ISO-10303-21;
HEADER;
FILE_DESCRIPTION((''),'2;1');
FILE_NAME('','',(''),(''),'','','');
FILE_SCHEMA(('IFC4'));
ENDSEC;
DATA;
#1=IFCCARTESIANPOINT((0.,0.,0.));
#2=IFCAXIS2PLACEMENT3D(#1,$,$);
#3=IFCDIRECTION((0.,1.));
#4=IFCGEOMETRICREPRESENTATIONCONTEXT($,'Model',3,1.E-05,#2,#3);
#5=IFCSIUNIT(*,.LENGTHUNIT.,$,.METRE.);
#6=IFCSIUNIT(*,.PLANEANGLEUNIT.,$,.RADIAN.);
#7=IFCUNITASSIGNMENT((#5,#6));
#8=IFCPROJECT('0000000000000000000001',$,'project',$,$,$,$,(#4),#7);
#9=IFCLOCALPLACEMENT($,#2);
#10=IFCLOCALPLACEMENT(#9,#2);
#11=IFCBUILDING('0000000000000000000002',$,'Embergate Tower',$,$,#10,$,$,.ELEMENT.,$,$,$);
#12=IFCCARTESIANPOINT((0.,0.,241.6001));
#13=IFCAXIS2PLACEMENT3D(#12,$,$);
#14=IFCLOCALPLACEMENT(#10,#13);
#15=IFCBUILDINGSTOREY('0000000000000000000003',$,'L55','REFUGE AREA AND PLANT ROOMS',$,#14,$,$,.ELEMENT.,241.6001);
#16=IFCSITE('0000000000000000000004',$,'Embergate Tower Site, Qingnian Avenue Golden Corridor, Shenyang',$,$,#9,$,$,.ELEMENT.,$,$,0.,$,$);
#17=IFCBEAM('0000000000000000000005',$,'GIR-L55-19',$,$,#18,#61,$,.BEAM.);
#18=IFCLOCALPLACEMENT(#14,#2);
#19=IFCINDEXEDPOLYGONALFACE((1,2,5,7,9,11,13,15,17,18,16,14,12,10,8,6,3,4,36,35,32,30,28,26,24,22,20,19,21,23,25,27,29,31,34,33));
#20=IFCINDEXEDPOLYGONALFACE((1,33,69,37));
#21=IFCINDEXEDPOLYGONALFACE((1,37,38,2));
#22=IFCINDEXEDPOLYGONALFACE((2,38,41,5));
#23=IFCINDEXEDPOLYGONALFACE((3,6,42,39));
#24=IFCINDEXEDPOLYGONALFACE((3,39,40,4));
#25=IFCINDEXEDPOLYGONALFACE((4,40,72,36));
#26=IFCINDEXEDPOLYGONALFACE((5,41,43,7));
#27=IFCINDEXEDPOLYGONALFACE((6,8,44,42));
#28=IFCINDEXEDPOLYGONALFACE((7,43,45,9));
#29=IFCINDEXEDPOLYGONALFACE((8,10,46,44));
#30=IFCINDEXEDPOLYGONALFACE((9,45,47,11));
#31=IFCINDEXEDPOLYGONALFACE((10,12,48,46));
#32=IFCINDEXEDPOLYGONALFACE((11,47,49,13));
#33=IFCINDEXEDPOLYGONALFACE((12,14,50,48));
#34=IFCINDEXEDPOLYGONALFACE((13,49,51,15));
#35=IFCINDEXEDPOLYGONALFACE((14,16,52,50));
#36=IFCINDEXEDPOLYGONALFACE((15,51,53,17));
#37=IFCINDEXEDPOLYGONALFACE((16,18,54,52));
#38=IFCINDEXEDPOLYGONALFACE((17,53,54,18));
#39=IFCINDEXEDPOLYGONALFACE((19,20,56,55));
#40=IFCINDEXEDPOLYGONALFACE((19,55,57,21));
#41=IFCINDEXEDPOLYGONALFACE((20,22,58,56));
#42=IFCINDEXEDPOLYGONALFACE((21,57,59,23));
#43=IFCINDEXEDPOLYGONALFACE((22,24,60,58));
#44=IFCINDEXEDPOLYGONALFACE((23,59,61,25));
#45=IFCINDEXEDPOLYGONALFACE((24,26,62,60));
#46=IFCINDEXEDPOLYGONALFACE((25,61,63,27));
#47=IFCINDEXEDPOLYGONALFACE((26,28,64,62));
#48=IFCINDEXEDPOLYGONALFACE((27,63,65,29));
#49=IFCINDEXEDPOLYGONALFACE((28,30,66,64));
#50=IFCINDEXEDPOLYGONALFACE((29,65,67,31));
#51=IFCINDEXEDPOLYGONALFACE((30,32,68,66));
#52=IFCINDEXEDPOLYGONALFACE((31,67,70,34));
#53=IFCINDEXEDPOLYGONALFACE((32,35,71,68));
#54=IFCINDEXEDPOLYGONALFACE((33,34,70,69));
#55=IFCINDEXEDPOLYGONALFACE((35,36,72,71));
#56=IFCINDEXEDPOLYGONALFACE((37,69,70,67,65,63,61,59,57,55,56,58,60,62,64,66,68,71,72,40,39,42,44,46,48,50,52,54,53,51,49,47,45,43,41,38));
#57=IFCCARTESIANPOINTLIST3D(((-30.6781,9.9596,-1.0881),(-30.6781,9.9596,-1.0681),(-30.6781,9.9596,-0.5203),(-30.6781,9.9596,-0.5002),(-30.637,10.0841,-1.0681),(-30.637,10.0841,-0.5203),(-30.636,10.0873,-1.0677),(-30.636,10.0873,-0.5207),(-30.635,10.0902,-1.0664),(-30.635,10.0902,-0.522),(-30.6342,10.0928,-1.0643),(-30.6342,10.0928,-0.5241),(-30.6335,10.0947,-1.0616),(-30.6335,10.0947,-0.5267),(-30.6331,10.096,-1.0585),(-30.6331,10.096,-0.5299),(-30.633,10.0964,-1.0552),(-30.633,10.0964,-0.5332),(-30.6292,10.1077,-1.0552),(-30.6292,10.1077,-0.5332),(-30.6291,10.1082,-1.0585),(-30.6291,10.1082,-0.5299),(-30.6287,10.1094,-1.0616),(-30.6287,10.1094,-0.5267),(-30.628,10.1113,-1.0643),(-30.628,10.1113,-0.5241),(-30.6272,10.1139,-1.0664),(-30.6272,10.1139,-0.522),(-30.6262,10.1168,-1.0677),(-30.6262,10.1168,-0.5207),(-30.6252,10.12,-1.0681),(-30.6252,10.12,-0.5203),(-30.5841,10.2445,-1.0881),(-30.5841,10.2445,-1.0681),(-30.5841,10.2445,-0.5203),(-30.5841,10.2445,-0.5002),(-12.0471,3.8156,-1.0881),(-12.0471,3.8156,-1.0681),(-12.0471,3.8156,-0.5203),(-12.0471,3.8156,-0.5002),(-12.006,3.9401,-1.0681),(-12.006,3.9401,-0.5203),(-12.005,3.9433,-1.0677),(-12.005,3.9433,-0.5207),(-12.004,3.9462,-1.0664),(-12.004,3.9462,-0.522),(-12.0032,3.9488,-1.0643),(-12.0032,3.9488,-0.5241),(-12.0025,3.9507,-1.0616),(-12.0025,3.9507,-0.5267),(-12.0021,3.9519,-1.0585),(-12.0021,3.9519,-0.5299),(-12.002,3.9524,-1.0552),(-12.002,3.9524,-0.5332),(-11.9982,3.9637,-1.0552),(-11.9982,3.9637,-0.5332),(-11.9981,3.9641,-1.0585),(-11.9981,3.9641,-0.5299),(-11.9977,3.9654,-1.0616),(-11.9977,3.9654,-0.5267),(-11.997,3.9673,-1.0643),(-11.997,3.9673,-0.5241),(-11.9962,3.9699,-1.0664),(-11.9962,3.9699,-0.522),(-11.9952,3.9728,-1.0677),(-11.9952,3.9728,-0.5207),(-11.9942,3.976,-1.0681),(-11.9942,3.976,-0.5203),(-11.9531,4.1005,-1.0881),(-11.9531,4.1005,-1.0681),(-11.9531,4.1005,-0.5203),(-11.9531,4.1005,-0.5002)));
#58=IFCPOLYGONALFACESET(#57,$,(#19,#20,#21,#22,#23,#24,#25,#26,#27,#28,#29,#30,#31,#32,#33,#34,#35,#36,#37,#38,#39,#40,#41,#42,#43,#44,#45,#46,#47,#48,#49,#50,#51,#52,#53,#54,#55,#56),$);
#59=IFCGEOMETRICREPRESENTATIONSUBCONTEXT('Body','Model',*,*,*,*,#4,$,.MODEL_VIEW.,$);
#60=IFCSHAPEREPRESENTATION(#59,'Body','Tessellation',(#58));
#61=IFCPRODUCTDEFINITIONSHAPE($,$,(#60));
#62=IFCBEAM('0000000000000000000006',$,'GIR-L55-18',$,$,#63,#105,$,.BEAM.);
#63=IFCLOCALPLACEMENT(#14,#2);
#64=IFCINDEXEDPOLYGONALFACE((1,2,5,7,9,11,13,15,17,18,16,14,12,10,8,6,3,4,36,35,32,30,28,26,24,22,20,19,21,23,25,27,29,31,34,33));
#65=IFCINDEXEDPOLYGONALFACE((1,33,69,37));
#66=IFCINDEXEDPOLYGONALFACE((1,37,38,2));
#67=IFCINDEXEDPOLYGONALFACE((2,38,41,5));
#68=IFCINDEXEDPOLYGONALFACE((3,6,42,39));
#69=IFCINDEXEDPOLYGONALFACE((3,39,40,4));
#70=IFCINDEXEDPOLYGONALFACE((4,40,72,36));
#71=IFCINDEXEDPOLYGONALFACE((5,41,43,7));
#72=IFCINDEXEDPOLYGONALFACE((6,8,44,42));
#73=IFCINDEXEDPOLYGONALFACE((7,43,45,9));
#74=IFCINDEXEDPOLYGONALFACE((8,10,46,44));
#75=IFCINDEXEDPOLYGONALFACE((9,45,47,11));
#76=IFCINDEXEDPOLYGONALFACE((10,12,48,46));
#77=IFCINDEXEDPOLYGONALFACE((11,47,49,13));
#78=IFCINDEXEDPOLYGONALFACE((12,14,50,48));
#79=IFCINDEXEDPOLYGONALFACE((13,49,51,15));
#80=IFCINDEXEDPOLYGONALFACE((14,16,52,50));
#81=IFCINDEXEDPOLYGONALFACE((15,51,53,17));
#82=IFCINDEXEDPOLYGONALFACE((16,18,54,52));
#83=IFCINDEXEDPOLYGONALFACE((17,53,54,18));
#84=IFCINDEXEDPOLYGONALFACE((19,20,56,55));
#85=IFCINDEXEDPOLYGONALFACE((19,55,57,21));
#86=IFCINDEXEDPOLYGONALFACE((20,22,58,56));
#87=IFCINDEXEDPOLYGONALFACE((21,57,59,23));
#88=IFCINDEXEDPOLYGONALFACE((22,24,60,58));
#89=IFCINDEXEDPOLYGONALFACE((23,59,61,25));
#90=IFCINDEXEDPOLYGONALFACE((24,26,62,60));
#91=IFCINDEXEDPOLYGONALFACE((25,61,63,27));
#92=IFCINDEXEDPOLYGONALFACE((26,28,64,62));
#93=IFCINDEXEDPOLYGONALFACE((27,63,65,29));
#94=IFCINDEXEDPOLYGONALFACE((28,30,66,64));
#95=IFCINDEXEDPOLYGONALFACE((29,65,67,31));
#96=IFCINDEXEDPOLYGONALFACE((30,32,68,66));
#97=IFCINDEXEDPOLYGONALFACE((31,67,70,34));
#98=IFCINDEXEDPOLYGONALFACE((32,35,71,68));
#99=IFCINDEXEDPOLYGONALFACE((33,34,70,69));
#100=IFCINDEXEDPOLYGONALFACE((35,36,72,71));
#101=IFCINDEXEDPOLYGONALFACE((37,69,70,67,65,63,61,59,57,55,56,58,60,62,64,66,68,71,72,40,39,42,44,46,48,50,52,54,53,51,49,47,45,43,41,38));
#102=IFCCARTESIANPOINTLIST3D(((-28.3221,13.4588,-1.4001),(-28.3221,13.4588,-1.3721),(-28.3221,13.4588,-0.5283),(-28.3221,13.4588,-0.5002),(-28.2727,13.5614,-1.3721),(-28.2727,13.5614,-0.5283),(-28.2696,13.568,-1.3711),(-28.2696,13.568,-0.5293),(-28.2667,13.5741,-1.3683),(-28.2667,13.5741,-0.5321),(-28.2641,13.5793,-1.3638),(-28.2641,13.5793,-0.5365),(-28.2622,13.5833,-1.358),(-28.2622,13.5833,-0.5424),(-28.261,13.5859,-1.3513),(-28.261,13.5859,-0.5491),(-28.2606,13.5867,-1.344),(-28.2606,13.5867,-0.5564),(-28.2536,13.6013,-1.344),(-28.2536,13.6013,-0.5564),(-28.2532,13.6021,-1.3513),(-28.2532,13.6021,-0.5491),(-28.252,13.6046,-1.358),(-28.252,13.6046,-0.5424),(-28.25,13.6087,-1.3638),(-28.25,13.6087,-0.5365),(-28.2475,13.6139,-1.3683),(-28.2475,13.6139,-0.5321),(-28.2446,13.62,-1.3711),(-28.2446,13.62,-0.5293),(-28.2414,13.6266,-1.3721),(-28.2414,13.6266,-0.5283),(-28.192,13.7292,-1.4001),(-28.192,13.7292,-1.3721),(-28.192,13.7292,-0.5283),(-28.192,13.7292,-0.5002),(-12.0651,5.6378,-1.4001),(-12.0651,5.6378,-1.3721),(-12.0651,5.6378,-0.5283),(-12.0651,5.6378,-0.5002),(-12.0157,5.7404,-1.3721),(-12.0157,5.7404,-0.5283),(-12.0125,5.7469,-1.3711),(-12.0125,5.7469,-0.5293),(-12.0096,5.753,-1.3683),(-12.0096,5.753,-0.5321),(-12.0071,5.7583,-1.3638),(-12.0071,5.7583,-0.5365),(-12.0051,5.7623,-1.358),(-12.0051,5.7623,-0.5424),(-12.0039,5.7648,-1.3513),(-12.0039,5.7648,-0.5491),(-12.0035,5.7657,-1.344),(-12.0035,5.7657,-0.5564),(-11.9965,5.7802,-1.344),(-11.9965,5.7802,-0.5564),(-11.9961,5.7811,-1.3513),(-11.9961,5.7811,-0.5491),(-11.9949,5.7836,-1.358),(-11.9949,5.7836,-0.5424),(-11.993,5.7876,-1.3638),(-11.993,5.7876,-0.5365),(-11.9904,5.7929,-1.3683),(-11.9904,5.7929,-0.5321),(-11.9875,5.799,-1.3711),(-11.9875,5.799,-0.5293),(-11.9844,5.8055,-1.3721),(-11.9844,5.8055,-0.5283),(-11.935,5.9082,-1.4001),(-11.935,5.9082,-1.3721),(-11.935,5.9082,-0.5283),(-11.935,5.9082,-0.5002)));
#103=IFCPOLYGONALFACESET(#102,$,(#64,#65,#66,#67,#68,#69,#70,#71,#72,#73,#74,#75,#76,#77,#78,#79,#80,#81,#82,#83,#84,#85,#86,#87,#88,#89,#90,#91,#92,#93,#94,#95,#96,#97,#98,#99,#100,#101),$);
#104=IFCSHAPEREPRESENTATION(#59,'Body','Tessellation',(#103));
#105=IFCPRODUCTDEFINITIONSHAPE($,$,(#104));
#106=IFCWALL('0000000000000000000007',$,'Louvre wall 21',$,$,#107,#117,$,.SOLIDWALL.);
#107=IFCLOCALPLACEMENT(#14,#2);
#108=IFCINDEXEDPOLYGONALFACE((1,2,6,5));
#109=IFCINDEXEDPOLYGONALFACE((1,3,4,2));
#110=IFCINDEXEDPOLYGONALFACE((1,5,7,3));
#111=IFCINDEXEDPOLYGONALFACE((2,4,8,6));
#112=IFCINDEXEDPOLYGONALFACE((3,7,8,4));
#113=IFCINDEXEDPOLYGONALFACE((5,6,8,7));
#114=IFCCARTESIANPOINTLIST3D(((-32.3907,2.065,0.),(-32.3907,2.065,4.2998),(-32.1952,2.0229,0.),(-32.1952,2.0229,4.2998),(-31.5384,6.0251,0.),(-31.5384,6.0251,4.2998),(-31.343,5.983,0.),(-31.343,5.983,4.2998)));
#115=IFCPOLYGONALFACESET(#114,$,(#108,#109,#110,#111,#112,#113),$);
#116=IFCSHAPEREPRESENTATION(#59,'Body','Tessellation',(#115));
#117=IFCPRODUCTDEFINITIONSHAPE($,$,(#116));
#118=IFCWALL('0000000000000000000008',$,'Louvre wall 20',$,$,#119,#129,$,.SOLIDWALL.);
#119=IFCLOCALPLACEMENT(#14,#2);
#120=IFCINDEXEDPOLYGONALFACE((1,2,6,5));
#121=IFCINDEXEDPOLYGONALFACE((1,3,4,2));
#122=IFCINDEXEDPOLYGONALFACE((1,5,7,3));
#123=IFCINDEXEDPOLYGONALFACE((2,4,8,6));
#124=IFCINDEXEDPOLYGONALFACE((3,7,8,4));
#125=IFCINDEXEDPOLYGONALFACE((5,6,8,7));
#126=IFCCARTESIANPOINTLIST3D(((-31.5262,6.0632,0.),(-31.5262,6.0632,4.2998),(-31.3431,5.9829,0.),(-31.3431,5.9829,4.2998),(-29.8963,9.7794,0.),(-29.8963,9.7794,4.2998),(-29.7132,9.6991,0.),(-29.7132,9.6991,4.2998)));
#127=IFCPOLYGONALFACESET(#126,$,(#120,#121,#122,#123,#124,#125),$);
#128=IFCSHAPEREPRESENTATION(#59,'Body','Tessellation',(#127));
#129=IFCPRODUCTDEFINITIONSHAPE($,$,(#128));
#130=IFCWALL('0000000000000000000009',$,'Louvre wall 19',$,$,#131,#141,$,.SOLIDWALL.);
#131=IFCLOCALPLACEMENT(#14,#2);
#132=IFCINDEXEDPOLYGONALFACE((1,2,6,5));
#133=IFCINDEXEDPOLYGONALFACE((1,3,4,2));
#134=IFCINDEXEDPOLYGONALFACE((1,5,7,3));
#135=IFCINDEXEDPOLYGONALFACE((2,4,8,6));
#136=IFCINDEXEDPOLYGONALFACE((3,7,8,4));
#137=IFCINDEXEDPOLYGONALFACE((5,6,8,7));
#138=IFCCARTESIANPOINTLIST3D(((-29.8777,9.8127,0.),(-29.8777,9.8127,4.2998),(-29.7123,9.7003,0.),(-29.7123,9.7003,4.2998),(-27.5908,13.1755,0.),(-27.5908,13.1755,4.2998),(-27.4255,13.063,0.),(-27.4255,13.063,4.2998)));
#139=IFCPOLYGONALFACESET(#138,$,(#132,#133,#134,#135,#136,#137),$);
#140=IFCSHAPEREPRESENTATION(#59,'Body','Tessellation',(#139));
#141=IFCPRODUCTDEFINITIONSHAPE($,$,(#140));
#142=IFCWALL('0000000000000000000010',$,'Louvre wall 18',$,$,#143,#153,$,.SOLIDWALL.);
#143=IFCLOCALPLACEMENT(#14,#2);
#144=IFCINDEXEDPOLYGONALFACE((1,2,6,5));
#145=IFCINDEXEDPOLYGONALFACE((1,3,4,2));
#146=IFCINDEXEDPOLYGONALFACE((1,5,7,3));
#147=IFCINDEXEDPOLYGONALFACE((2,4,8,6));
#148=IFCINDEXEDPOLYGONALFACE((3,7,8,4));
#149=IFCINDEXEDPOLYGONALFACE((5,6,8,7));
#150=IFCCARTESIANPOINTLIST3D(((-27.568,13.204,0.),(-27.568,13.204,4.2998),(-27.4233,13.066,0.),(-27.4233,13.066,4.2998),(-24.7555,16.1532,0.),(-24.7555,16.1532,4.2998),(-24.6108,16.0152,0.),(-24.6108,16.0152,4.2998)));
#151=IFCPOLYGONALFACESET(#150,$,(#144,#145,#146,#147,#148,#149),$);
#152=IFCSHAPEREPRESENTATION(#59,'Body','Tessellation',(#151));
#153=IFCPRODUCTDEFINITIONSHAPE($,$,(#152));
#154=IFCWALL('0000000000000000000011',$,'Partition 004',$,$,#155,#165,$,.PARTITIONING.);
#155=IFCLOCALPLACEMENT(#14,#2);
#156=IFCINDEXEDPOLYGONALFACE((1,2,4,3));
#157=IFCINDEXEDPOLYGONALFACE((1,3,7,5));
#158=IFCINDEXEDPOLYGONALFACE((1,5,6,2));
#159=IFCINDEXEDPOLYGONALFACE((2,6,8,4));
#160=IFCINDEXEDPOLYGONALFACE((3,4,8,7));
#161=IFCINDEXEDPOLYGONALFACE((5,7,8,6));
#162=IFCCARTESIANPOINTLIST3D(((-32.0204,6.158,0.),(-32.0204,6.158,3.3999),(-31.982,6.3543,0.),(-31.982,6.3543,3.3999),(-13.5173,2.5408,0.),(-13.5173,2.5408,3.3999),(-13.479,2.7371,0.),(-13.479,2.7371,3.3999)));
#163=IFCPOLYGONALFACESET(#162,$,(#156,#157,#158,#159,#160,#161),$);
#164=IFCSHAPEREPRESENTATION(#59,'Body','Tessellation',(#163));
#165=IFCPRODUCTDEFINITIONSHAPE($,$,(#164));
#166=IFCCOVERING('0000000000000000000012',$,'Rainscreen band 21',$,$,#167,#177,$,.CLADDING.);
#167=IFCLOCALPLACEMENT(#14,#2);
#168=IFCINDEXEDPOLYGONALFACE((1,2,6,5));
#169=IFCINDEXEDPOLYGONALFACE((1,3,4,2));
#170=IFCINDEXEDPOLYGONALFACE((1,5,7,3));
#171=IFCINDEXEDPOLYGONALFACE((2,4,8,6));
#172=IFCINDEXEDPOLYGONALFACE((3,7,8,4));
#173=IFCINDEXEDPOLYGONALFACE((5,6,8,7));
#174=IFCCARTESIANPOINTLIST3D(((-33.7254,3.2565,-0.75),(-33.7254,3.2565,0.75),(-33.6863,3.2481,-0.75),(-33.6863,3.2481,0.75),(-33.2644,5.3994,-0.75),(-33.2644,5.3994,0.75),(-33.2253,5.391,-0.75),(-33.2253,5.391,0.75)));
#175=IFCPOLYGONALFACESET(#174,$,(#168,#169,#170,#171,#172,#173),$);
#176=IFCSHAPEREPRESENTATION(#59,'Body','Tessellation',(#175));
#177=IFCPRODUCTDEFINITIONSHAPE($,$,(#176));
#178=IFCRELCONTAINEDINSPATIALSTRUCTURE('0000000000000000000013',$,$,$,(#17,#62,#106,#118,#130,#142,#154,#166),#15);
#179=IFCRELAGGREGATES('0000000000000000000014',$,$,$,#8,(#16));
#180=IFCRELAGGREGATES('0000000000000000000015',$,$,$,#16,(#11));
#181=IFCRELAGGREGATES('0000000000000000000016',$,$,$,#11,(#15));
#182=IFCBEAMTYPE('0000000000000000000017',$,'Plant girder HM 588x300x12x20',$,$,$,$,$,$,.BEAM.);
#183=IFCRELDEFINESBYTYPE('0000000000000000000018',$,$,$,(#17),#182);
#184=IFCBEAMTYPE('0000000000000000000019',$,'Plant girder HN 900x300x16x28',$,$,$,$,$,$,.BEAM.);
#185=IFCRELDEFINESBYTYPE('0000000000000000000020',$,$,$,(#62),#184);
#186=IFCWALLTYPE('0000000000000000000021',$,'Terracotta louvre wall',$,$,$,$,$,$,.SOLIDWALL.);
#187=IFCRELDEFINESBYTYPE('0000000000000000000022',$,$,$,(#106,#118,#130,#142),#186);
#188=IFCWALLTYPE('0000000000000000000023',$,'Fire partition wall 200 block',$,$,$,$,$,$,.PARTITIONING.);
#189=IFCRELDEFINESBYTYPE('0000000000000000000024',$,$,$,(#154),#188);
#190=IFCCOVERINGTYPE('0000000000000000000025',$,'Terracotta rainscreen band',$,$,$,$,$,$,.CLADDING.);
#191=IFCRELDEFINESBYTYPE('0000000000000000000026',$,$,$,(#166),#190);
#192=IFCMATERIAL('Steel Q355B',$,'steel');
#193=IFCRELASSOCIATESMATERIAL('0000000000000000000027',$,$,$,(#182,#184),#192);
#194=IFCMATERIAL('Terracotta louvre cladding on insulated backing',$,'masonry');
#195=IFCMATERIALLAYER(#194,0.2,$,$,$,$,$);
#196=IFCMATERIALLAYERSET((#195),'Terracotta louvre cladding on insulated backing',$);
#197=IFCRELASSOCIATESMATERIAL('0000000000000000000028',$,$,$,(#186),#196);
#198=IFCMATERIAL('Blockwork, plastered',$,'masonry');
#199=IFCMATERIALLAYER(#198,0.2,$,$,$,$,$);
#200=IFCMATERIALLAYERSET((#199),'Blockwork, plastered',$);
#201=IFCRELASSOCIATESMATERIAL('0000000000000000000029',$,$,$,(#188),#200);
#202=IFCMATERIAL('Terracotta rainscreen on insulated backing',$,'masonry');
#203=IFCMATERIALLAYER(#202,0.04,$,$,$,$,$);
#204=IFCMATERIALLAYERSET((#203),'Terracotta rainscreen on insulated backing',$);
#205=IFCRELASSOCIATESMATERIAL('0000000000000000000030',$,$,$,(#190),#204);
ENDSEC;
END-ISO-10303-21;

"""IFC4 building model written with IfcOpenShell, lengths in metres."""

from ifc_helpers import new_model, si_unit, direction, frame, frame_2d, origin, origin_2d, place, context, subcontext, project, spatial, rectangle, i_section, extrude, source, transform, mapped, material, layer, layer_set, material_profile, profile_set, type_object, element, save


model = new_model("IFC4")

# Units and contexts
model_context = context("Model", 3, precision=1e-05, world=origin(), true_north=direction((0.0, 1.0)))
body_context = subcontext(model_context, "Body", "Model", "MODEL_VIEW")
ifc_project = project(units=[si_unit("LENGTHUNIT", "METRE"), si_unit("PLANEANGLEUNIT", "RADIAN")], contexts=[model_context])

# Site, building, storey
site_placement = place(None, origin())
site = spatial("IfcSite", under=ifc_project, at=site_placement, Name="Embergate Tower Site, Qingnian Avenue Golden Corridor, Shenyang", CompositionType="ELEMENT", RefElevation=0.0)
building_placement = place(site_placement, origin())
building = spatial("IfcBuilding", under=site, at=building_placement, Name="Embergate Tower", CompositionType="ELEMENT")
storey_placement = place(building_placement, frame((0.0, 0.0, 241.6001)))
storey = spatial("IfcBuildingStorey", under=building, at=storey_placement, Name="L55", Description="REFUGE AREA AND PLANT ROOMS", CompositionType="ELEMENT", Elevation=241.6001)

# Beams
ifc_material_1 = material(Name="Steel Q355B", Category="steel")
ifc_material_profile_1 = material_profile(ifc_material_1, i_section(OverallWidth=0.3, OverallDepth=0.5879, WebThickness=0.012, FlangeThickness=0.02, FilletRadius=0.0129, at=origin_2d()), Name="HM 588x300x12x20")
ifc_profile_set_1 = profile_set([ifc_material_profile_1], Name="Steel Q355 grade B")
beam_type_1 = type_object("IfcBeamType", Name="Plant girder HM 588x300x12x20", PredefinedType="BEAM", material=ifc_profile_set_1)
shared_shape_1 = source(origin(), body_context, "Body", "SweptSolid", [
    extrude(i_section(OverallWidth=0.3, OverallDepth=0.5879, WebThickness=0.012, FlangeThickness=0.02, FilletRadius=0.0129, at=origin_2d()), origin(), (0.0, 0.0, 1.0), 19.6179),
])
beam_1_placement = place(storey_placement, frame((-30.6311, 10.1021, -0.7942), z_axis=(0.949693, -0.313183, 0.0), x_axis=(0.313183, 0.949693, 0.0)))
element("IfcBeam", 1, at=beam_1_placement, inside=storey, type_object=beam_type_1, Name="GIR-L55-19", PredefinedType="BEAM", context=body_context, shape_type="MappedRepresentation", body=[
    mapped(shared_shape_1, transform((0.0, 0.0, 0.0))),
])
ifc_material_profile_2 = material_profile(ifc_material_1, i_section(OverallWidth=0.3, OverallDepth=0.8999, WebThickness=0.0161, FlangeThickness=0.0281, FilletRadius=0.0281, at=origin_2d()), Name="HN 900x300x16x28")
ifc_profile_set_2 = profile_set([ifc_material_profile_2], Name="Steel Q355 grade B")
beam_type_2 = type_object("IfcBeamType", Name="Plant girder HN 900x300x16x28", PredefinedType="BEAM", material=ifc_profile_set_2)
shared_shape_2 = source(origin(), body_context, "Body", "SweptSolid", [
    extrude(i_section(OverallWidth=0.3, OverallDepth=0.8999, WebThickness=0.0161, FlangeThickness=0.0281, FilletRadius=0.0281, at=origin_2d()), origin(), (0.0, 0.0, 1.0), 18.0405),
])
beam_2_placement = place(storey_placement, frame((-28.2571, 13.594, -0.9502), z_axis=(0.901141, -0.433526, 0.0), x_axis=(0.433526, 0.901141, 0.0)))
element("IfcBeam", 2, at=beam_2_placement, inside=storey, type_object=beam_type_2, Name="GIR-L55-18", PredefinedType="BEAM", context=body_context, shape_type="MappedRepresentation", body=[
    mapped(shared_shape_2, transform((0.0, 0.0, 0.0))),
])

# Walls
ifc_material_2 = material(Name="Terracotta louvre cladding on insulated backing", Category="masonry")
ifc_layer_1 = layer(ifc_material_2, 0.2)
ifc_layer_set_1 = layer_set([ifc_layer_1], Name="Terracotta louvre cladding on insulated backing")
wall_type_1 = type_object("IfcWallType", Name="Terracotta louvre wall", PredefinedType="SOLIDWALL", material=ifc_layer_set_1)
shared_shape_3 = source(origin(), body_context, "Body", "SweptSolid", [
    extrude(rectangle(XDim=4.0508, YDim=0.2, at=frame_2d((2.0254, 0.0))), origin(), (0.0, 0.0, 1.0), 4.2998),
])
wall_1_placement = place(storey_placement, frame((-32.293, 2.0439, 0.0), z_axis=(0.0, 0.0, 1.0), x_axis=(0.210397, 0.977616, 0.0)))
element("IfcWall", 3, at=wall_1_placement, inside=storey, type_object=wall_type_1, Name="Louvre wall 21", PredefinedType="SOLIDWALL", context=body_context, shape_type="MappedRepresentation", body=[
    mapped(shared_shape_3, transform((0.0, 0.0, 0.0))),
])
shared_shape_4 = source(origin(), body_context, "Body", "SweptSolid", [
    extrude(rectangle(XDim=4.0579, YDim=0.2, at=frame_2d((2.0288, 0.0))), origin(), (0.0, 0.0, 1.0), 4.2998),
])
wall_2_placement = place(storey_placement, frame((-31.4346, 6.0232, 0.0), z_axis=(0.0, 0.0, 1.0), x_axis=(0.401668, 0.915785, 0.0)))
element("IfcWall", 4, at=wall_2_placement, inside=storey, type_object=wall_type_1, Name="Louvre wall 20", PredefinedType="SOLIDWALL", context=body_context, shape_type="MappedRepresentation", body=[
    mapped(shared_shape_4, transform((0.0, 0.0, 0.0))),
])
shared_shape_5 = source(origin(), body_context, "Body", "SweptSolid", [
    extrude(rectangle(XDim=4.0667, YDim=0.2, at=frame_2d((2.0332, 0.0))), origin(), (0.0, 0.0, 1.0), 4.2998),
])
wall_3_placement = place(storey_placement, frame((-29.7949, 9.7566, 0.0), z_axis=(0.0, 0.0, 1.0), x_axis=(0.562338, 0.826908, 0.0)))
element("IfcWall", 5, at=wall_3_placement, inside=storey, type_object=wall_type_1, Name="Louvre wall 19", PredefinedType="SOLIDWALL", context=body_context, shape_type="MappedRepresentation", body=[
    mapped(shared_shape_5, transform((0.0, 0.0, 0.0))),
])
shared_shape_6 = source(origin(), body_context, "Body", "SweptSolid", [
    extrude(rectangle(XDim=4.0752, YDim=0.2, at=frame_2d((2.0376, 0.0))), origin(), (0.0, 0.0, 1.0), 4.2998),
])
wall_4_placement = place(storey_placement, frame((-27.4956, 13.135, 0.0), z_axis=(0.0, 0.0, 1.0), x_axis=(0.690134, 0.723682, 0.0)))
element("IfcWall", 6, at=wall_4_placement, inside=storey, type_object=wall_type_1, Name="Louvre wall 18", PredefinedType="SOLIDWALL", context=body_context, shape_type="MappedRepresentation", body=[
    mapped(shared_shape_6, transform((0.0, 0.0, 0.0))),
])
ifc_material_3 = material(Name="Blockwork, plastered", Category="masonry")
ifc_layer_2 = layer(ifc_material_3, 0.2)
ifc_layer_set_2 = layer_set([ifc_layer_2], Name="Blockwork, plastered")
wall_type_2 = type_object("IfcWallType", Name="Fire partition wall 200 block", PredefinedType="PARTITIONING", material=ifc_layer_set_2)
shared_shape_7 = source(origin(), body_context, "Body", "SweptSolid", [
    extrude(rectangle(XDim=18.8533, YDim=0.2, at=frame_2d((9.4268, 0.0))), origin(), (0.0, 0.0, 1.0), 3.3999),
])
wall_5_placement = place(storey_placement, frame((-13.498, 2.6389, 0.0), z_axis=(0.0, 0.0, 1.0), x_axis=(-0.981422, 0.191861, 0.0)))
element("IfcWall", 7, at=wall_5_placement, inside=storey, type_object=wall_type_2, Name="Partition 004", PredefinedType="PARTITIONING", context=body_context, shape_type="MappedRepresentation", body=[
    mapped(shared_shape_7, transform((0.0, 0.0, 0.0))),
])

# Covering
ifc_material_4 = material(Name="Terracotta rainscreen on insulated backing", Category="masonry")
ifc_layer_3 = layer(ifc_material_4, 0.04)
ifc_layer_set_3 = layer_set([ifc_layer_3], Name="Terracotta rainscreen on insulated backing")
covering_type = type_object("IfcCoveringType", Name="Terracotta rainscreen band", PredefinedType="CLADDING", material=ifc_layer_set_3)
shared_shape_8 = source(origin(), body_context, "Body", "SweptSolid", [
    extrude(rectangle(XDim=2.1919, YDim=0.04, at=origin_2d()), origin(), (0.0, 0.0, 1.0), 1.5),
])
covering_1_placement = place(storey_placement, frame((-33.4753, 4.3237, -0.75), z_axis=(0.0, 0.0, 1.0), x_axis=(-0.210308, -0.977635, 0.0)))
element("IfcCovering", 8, at=covering_1_placement, inside=storey, type_object=covering_type, Name="Rainscreen band 21", PredefinedType="CLADDING", context=body_context, shape_type="MappedRepresentation", body=[
    mapped(shared_shape_8, transform((0.0, 0.0, 0.0))),
])

save(model, "model.ifc")
